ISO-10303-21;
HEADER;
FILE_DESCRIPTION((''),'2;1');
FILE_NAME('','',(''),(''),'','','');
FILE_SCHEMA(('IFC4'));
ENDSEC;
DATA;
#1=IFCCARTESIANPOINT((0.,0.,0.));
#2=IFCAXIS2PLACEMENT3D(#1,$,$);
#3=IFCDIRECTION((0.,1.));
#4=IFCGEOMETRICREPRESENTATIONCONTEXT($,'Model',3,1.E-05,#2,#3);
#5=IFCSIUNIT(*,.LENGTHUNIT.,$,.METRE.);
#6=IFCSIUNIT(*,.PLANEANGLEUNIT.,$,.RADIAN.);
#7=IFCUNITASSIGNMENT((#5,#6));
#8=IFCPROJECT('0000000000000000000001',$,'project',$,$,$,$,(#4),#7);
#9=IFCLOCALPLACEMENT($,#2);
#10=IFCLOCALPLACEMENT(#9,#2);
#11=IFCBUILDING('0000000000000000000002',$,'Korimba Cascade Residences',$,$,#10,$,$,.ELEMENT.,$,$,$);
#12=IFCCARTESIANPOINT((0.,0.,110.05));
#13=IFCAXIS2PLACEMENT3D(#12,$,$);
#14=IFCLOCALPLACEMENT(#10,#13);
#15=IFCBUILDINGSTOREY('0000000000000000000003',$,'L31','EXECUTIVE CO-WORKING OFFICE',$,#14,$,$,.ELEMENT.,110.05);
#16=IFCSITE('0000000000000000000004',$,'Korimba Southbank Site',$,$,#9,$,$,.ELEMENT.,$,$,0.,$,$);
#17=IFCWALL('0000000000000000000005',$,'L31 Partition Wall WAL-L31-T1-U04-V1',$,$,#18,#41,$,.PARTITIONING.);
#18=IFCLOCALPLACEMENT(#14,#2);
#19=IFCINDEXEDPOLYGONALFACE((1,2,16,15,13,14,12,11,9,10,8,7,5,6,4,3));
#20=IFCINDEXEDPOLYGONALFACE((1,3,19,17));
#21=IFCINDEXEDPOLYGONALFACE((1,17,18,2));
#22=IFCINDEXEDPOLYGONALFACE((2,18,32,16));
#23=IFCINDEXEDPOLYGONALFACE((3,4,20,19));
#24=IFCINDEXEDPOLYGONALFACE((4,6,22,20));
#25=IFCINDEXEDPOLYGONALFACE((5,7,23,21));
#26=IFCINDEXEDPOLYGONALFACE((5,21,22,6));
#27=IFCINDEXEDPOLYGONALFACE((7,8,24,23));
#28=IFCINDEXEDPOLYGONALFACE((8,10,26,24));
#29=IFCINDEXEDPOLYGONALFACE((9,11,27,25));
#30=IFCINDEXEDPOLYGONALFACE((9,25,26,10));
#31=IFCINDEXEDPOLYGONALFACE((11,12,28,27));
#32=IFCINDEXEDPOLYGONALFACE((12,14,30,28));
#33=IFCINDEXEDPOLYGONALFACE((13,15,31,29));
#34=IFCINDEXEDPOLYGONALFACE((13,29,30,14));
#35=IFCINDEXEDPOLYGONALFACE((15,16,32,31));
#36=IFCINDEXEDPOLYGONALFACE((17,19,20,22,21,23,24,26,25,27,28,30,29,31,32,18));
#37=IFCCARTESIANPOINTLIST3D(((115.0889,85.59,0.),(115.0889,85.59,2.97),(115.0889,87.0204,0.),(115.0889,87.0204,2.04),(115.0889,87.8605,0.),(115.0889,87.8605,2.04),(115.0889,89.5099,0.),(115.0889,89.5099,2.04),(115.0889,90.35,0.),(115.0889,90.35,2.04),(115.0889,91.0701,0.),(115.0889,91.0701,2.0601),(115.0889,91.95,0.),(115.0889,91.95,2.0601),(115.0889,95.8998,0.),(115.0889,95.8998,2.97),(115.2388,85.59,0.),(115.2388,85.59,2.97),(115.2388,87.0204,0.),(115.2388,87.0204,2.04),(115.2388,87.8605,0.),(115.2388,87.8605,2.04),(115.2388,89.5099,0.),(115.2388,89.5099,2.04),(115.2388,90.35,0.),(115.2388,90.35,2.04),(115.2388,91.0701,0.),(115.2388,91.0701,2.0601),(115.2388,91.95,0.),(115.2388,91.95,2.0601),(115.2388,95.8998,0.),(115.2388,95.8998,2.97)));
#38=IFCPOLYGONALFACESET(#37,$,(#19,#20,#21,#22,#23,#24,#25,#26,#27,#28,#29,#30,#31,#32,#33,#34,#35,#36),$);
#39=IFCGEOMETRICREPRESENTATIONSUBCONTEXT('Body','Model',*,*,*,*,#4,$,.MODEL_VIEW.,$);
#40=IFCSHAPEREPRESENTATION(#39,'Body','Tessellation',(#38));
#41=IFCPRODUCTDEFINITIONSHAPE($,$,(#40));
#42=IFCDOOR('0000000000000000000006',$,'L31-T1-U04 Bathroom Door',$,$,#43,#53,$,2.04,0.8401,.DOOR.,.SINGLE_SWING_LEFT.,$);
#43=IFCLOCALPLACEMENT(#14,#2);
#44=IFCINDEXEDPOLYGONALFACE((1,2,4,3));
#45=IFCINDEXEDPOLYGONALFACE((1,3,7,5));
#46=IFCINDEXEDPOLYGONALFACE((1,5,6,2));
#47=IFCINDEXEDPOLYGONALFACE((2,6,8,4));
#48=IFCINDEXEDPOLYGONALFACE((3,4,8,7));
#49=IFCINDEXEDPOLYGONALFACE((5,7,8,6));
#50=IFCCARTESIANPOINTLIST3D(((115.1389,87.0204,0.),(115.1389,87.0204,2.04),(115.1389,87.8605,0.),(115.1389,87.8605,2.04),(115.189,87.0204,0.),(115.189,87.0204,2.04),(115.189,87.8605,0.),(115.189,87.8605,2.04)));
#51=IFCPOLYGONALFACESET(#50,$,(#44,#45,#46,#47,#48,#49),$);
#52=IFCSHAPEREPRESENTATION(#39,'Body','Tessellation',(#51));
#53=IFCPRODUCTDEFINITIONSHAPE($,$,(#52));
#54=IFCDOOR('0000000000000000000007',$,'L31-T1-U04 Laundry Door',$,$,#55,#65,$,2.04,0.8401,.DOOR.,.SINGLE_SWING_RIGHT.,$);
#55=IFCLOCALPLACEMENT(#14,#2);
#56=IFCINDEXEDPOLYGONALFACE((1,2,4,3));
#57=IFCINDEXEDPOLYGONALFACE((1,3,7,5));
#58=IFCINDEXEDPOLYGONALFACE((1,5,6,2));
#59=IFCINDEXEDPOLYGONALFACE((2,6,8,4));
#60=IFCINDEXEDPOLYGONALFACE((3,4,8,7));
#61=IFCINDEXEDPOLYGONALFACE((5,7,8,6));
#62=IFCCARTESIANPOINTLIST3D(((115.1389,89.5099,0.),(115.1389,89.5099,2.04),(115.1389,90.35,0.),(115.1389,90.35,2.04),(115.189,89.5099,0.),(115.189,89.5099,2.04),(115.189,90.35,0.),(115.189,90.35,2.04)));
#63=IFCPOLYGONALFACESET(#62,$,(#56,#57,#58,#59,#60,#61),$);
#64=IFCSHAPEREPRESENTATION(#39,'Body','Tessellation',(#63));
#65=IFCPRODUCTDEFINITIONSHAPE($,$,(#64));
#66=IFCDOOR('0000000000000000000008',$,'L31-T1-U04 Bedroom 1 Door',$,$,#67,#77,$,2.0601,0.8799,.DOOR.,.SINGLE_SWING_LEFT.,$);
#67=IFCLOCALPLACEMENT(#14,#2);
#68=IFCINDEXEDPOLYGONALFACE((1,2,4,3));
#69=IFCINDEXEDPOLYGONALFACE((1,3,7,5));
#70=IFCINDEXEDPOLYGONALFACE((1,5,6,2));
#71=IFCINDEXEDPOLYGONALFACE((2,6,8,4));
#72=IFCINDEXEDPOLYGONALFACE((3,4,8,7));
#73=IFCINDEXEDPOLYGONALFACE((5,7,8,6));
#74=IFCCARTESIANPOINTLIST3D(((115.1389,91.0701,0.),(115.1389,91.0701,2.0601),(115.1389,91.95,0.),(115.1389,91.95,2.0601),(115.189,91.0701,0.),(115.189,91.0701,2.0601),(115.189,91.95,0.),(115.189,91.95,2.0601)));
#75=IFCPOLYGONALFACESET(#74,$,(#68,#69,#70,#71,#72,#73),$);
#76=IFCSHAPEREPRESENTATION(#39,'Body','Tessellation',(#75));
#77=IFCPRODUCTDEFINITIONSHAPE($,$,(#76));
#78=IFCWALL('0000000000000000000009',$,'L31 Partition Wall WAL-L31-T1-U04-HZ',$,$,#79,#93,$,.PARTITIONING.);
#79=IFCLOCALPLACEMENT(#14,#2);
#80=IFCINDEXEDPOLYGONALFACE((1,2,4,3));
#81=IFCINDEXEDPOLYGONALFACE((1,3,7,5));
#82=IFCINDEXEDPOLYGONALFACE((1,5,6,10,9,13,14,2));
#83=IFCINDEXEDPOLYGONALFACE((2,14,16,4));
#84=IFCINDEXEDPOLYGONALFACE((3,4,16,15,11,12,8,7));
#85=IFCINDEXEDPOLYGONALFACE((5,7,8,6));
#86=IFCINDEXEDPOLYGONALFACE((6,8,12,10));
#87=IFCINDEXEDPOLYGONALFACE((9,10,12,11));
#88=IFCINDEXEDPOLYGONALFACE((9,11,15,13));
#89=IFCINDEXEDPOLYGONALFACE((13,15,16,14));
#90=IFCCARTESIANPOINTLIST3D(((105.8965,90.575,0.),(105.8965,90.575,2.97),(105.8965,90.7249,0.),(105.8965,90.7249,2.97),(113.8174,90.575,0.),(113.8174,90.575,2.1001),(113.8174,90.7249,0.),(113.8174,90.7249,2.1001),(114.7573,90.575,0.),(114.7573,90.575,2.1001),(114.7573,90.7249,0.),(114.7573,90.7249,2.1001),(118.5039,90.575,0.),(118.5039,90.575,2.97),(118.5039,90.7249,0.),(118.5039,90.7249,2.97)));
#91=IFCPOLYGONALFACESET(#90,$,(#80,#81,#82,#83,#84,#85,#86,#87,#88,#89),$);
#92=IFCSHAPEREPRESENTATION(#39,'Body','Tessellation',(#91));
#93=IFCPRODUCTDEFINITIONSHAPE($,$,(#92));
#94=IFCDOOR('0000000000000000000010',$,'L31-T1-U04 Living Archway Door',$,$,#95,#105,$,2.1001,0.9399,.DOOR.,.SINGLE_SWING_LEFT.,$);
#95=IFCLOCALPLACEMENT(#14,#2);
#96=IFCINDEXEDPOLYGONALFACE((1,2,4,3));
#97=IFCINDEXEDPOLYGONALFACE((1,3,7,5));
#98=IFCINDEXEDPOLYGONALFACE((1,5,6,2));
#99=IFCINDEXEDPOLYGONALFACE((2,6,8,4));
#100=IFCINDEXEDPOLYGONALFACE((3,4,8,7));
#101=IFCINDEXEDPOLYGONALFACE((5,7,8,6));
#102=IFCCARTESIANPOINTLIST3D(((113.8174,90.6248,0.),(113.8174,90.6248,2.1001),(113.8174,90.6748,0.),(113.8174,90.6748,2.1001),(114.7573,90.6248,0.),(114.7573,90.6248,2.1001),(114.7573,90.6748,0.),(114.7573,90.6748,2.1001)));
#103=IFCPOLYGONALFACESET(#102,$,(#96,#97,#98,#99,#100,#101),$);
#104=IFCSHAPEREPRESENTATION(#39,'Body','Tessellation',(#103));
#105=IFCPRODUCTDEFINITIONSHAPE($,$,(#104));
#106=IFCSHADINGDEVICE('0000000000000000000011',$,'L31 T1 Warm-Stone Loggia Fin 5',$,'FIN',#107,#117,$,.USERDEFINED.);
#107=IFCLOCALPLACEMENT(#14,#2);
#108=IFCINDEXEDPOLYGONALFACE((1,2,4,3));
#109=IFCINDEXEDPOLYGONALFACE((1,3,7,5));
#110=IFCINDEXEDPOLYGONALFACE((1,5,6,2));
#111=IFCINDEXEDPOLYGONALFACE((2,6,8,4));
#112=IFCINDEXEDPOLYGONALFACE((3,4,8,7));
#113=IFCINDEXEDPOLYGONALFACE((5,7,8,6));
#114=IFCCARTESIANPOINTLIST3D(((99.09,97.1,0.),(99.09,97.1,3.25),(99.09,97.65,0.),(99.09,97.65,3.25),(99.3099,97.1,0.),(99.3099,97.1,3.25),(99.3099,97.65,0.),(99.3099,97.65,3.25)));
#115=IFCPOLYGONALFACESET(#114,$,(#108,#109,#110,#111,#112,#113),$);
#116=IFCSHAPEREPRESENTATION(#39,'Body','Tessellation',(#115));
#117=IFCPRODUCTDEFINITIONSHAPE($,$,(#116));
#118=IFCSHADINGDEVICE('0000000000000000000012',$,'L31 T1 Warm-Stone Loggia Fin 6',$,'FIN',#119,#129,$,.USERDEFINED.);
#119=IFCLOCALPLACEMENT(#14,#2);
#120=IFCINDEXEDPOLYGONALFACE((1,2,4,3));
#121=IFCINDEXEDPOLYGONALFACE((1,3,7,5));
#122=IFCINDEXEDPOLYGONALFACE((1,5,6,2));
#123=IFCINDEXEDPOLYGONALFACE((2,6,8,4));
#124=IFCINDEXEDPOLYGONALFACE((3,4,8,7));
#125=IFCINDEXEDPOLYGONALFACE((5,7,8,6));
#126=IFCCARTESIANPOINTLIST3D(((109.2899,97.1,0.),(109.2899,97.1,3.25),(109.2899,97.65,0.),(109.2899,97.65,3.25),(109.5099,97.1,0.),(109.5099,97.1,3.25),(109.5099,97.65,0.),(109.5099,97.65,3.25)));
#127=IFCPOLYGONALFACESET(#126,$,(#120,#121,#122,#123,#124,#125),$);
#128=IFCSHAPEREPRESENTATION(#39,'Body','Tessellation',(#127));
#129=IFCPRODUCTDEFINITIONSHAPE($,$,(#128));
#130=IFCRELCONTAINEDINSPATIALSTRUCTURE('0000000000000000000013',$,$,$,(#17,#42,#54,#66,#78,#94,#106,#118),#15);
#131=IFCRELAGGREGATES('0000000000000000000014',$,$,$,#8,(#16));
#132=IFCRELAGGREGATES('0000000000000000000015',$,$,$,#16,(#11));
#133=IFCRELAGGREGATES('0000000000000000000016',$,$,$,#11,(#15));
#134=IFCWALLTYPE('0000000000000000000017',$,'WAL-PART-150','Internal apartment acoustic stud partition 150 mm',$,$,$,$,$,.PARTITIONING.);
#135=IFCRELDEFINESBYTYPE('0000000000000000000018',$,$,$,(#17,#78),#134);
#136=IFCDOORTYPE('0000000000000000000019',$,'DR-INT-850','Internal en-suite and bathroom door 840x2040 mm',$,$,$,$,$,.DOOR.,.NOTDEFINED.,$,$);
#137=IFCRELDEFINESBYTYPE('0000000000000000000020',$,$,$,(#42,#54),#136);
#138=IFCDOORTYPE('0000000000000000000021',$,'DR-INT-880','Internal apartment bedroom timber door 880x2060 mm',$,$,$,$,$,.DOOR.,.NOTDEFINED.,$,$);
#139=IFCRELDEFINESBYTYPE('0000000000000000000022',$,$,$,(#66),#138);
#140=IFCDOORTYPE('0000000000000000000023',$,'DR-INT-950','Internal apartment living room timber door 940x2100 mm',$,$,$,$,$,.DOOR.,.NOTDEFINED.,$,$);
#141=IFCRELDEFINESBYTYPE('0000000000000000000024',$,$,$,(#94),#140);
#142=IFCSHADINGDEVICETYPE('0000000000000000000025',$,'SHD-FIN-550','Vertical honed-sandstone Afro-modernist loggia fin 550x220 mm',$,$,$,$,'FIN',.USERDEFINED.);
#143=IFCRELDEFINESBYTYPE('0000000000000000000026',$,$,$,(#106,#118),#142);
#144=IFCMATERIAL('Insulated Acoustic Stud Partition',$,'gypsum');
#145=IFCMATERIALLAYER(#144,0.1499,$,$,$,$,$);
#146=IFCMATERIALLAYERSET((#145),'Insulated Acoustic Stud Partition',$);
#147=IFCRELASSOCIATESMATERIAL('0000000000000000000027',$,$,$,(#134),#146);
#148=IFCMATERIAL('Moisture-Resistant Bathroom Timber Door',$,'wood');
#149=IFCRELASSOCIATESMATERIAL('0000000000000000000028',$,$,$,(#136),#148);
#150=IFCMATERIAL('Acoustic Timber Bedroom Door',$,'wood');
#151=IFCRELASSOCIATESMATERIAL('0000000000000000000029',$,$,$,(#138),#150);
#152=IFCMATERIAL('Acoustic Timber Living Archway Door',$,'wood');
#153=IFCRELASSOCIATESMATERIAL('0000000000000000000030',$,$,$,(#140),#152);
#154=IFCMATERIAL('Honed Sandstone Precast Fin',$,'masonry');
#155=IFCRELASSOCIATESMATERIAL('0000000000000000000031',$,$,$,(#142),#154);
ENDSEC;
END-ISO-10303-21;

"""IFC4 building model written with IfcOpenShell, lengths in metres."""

from ifc_helpers import new_model, si_unit, direction, frame, frame_2d, origin, origin_2d, place, context, subcontext, project, spatial, rectangle, extrude, material, layer, layer_set, type_object, element, fill, save


model = new_model("IFC4")

# Units and contexts
model_context = context("Model", 3, precision=1e-05, world=origin(), true_north=direction((0.0, 1.0)))
body_context = subcontext(model_context, "Body", "Model", "MODEL_VIEW")
ifc_project = project(units=[si_unit("LENGTHUNIT", "METRE"), si_unit("PLANEANGLEUNIT", "RADIAN")], contexts=[model_context])

# Site, building, storey
site_placement = place(None, origin())
site = spatial("IfcSite", under=ifc_project, at=site_placement, Name="Korimba Southbank Site", CompositionType="ELEMENT", RefElevation=0.0)
building_placement = place(site_placement, origin())
building = spatial("IfcBuilding", under=site, at=building_placement, Name="Korimba Cascade Residences", CompositionType="ELEMENT")
storey_placement = place(building_placement, frame((0.0, 0.0, 110.05)))
storey = spatial("IfcBuildingStorey", under=building, at=storey_placement, Name="L31", Description="EXECUTIVE CO-WORKING OFFICE", CompositionType="ELEMENT", Elevation=110.05)

# Shared definitions
ifc_material_1 = material(Name="Insulated Acoustic Stud Partition", Category="gypsum")
ifc_layer = layer(ifc_material_1, 0.1499)
ifc_layer_set = layer_set([ifc_layer], Name="Insulated Acoustic Stud Partition")
wall_type = type_object("IfcWallType", Name="WAL-PART-150", Description="Internal apartment acoustic stud partition 150 mm", PredefinedType="PARTITIONING", material=ifc_layer_set)

# Shared definitions
ifc_material_2 = material(Name="Moisture-Resistant Bathroom Timber Door", Category="wood")
door_type_1 = type_object("IfcDoorType", Name="DR-INT-850", Description="Internal en-suite and bathroom door 840x2040 mm", OperationType="NOTDEFINED", PredefinedType="DOOR", material=ifc_material_2)
ifc_material_3 = material(Name="Acoustic Timber Bedroom Door", Category="wood")
door_type_2 = type_object("IfcDoorType", Name="DR-INT-880", Description="Internal apartment bedroom timber door 880x2060 mm", OperationType="NOTDEFINED", PredefinedType="DOOR", material=ifc_material_3)

# Wall, openings, doors
wall_1_placement = place(storey_placement, frame((115.1638, 85.5901, 0.0), z_axis=(0.0, 0.0, 1.0), x_axis=(0.0, 1.0, 0.0)))
wall_1 = element("IfcWall", 1, at=wall_1_placement, inside=storey, type_object=wall_type, Name="L31 Partition Wall WAL-L31-T1-U04-V1", PredefinedType="PARTITIONING", context=body_context, shape_type="SweptSolid", body=[
    extrude(rectangle(XDim=10.3098, YDim=0.1499, at=frame_2d((5.1548, 0.0))), origin(), (0.0, 0.0, 1.0), 2.97),
])
opening_1_placement = place(wall_1_placement, frame((1.4304, 0.0, 0.0)))
opening_1 = element("IfcOpeningElement", 2, at=opening_1_placement, cuts=wall_1, PredefinedType="OPENING", context=body_context, shape_type="SweptSolid", body=[
    extrude(rectangle(XDim=0.8401, YDim=2.04, at=frame_2d((0.4199, 1.02))), frame((0.0, 0.085, 0.0), z_axis=(0.0, -1.0, 0.0), x_axis=(1.0, 0.0, 0.0)), (0.0, 0.0, 1.0), 0.1699),
])
opening_2_placement = place(wall_1_placement, frame((3.9199, 0.0, 0.0)))
opening_2 = element("IfcOpeningElement", 3, at=opening_2_placement, cuts=wall_1, PredefinedType="OPENING", context=body_context, shape_type="SweptSolid", body=[
    extrude(rectangle(XDim=0.8401, YDim=2.04, at=frame_2d((0.4199, 1.02))), frame((0.0, 0.085, 0.0), z_axis=(0.0, -1.0, 0.0), x_axis=(1.0, 0.0, 0.0)), (0.0, 0.0, 1.0), 0.1699),
])
opening_3_placement = place(wall_1_placement, frame((5.48, 0.0, 0.0)))
opening_3 = element("IfcOpeningElement", 4, at=opening_3_placement, cuts=wall_1, PredefinedType="OPENING", context=body_context, shape_type="SweptSolid", body=[
    extrude(rectangle(XDim=0.8799, YDim=2.0601, at=frame_2d((0.4399, 1.03))), frame((0.0, 0.085, 0.0), z_axis=(0.0, -1.0, 0.0), x_axis=(1.0, 0.0, 0.0)), (0.0, 0.0, 1.0), 0.1699),
])
door_1_placement = place(opening_1_placement, origin())
door_1 = element("IfcDoor", 5, at=door_1_placement, inside=storey, type_object=door_type_1, Name="L31-T1-U04 Bathroom Door", OperationType="SINGLE_SWING_LEFT", OverallHeight=2.04, OverallWidth=0.8401, PredefinedType="DOOR", context=body_context, shape_type="SweptSolid", body=[
    extrude(rectangle(XDim=0.8401, YDim=2.04, at=frame_2d((0.4199, 1.02))), frame((0.0, 0.0249, 0.0), z_axis=(0.0, -1.0, 0.0), x_axis=(1.0, 0.0, 0.0)), (0.0, 0.0, 1.0), 0.05),
])
fill(opening_1, door_1)
door_2_placement = place(opening_2_placement, origin())
door_2 = element("IfcDoor", 6, at=door_2_placement, inside=storey, type_object=door_type_1, Name="L31-T1-U04 Laundry Door", OperationType="SINGLE_SWING_RIGHT", OverallHeight=2.04, OverallWidth=0.8401, PredefinedType="DOOR", context=body_context, shape_type="SweptSolid", body=[
    extrude(rectangle(XDim=0.8401, YDim=2.04, at=frame_2d((0.4199, 1.02))), frame((0.0, 0.0249, 0.0), z_axis=(0.0, -1.0, 0.0), x_axis=(1.0, 0.0, 0.0)), (0.0, 0.0, 1.0), 0.05),
])
fill(opening_2, door_2)
door_3_placement = place(opening_3_placement, origin())
door_3 = element("IfcDoor", 7, at=door_3_placement, inside=storey, type_object=door_type_2, Name="L31-T1-U04 Bedroom 1 Door", OperationType="SINGLE_SWING_LEFT", OverallHeight=2.0601, OverallWidth=0.8799, PredefinedType="DOOR", context=body_context, shape_type="SweptSolid", body=[
    extrude(rectangle(XDim=0.8799, YDim=2.0601, at=frame_2d((0.4399, 1.03))), frame((0.0, 0.0249, 0.0), z_axis=(0.0, -1.0, 0.0), x_axis=(1.0, 0.0, 0.0)), (0.0, 0.0, 1.0), 0.05),
])
fill(opening_3, door_3)

# Wall, opening, door
wall_2_placement = place(storey_placement, frame((105.8965, 90.6499, 0.0), z_axis=(0.0, 0.0, 1.0), x_axis=(1.0, 0.0, 0.0)))
wall_2 = element("IfcWall", 8, at=wall_2_placement, inside=storey, type_object=wall_type, Name="L31 Partition Wall WAL-L31-T1-U04-HZ", PredefinedType="PARTITIONING", context=body_context, shape_type="SweptSolid", body=[
    extrude(rectangle(XDim=12.6074, YDim=0.1499, at=frame_2d((6.3037, 0.0))), origin(), (0.0, 0.0, 1.0), 2.97),
])
opening_4_placement = place(wall_2_placement, frame((7.9209, 0.0, 0.0)))
opening_4 = element("IfcOpeningElement", 9, at=opening_4_placement, cuts=wall_2, PredefinedType="OPENING", context=body_context, shape_type="SweptSolid", body=[
    extrude(rectangle(XDim=0.9399, YDim=2.1001, at=frame_2d((0.47, 1.05))), frame((0.0, 0.085, 0.0), z_axis=(0.0, -1.0, 0.0), x_axis=(1.0, 0.0, 0.0)), (0.0, 0.0, 1.0), 0.1699),
])
ifc_material_4 = material(Name="Acoustic Timber Living Archway Door", Category="wood")
door_type_3 = type_object("IfcDoorType", Name="DR-INT-950", Description="Internal apartment living room timber door 940x2100 mm", OperationType="NOTDEFINED", PredefinedType="DOOR", material=ifc_material_4)
door_4_placement = place(opening_4_placement, origin())
door_4 = element("IfcDoor", 10, at=door_4_placement, inside=storey, type_object=door_type_3, Name="L31-T1-U04 Living Archway Door", OperationType="SINGLE_SWING_LEFT", OverallHeight=2.1001, OverallWidth=0.9399, PredefinedType="DOOR", context=body_context, shape_type="SweptSolid", body=[
    extrude(rectangle(XDim=0.9399, YDim=2.1001, at=frame_2d((0.47, 1.05))), frame((0.0, 0.0249, 0.0), z_axis=(0.0, -1.0, 0.0), x_axis=(1.0, 0.0, 0.0)), (0.0, 0.0, 1.0), 0.05),
])
fill(opening_4, door_4)

# Shading devices
ifc_material_5 = material(Name="Honed Sandstone Precast Fin", Category="masonry")
shading_device_type = type_object("IfcShadingDeviceType", Name="SHD-FIN-550", Description="Vertical honed-sandstone Afro-modernist loggia fin 550x220 mm", ElementType="FIN", PredefinedType="USERDEFINED", material=ifc_material_5)
for number, where, z_axis, x_axis, name in (
    (11, (99.2, 97.375, 0.0), (0.0, 0.0, 1.0), (1.0, 0.0, 0.0), "L31 T1 Warm-Stone Loggia Fin 5"),
    (12, (109.3999, 97.375, 0.0), (0.0, 0.0, 1.0), (1.0, 0.0, 0.0), "L31 T1 Warm-Stone Loggia Fin 6"),
):
    element("IfcShadingDevice", number, at=place(storey_placement, frame(where, z_axis=z_axis, x_axis=x_axis)), inside=storey, type_object=shading_device_type, Name=name, ObjectType="FIN", PredefinedType="USERDEFINED", context=body_context, shape_type="SweptSolid", body=[
        extrude(rectangle(XDim=0.22, YDim=0.55, at=origin_2d()), origin(), (0.0, 0.0, 1.0), 3.25),
    ])

save(model, "model.ifc")
